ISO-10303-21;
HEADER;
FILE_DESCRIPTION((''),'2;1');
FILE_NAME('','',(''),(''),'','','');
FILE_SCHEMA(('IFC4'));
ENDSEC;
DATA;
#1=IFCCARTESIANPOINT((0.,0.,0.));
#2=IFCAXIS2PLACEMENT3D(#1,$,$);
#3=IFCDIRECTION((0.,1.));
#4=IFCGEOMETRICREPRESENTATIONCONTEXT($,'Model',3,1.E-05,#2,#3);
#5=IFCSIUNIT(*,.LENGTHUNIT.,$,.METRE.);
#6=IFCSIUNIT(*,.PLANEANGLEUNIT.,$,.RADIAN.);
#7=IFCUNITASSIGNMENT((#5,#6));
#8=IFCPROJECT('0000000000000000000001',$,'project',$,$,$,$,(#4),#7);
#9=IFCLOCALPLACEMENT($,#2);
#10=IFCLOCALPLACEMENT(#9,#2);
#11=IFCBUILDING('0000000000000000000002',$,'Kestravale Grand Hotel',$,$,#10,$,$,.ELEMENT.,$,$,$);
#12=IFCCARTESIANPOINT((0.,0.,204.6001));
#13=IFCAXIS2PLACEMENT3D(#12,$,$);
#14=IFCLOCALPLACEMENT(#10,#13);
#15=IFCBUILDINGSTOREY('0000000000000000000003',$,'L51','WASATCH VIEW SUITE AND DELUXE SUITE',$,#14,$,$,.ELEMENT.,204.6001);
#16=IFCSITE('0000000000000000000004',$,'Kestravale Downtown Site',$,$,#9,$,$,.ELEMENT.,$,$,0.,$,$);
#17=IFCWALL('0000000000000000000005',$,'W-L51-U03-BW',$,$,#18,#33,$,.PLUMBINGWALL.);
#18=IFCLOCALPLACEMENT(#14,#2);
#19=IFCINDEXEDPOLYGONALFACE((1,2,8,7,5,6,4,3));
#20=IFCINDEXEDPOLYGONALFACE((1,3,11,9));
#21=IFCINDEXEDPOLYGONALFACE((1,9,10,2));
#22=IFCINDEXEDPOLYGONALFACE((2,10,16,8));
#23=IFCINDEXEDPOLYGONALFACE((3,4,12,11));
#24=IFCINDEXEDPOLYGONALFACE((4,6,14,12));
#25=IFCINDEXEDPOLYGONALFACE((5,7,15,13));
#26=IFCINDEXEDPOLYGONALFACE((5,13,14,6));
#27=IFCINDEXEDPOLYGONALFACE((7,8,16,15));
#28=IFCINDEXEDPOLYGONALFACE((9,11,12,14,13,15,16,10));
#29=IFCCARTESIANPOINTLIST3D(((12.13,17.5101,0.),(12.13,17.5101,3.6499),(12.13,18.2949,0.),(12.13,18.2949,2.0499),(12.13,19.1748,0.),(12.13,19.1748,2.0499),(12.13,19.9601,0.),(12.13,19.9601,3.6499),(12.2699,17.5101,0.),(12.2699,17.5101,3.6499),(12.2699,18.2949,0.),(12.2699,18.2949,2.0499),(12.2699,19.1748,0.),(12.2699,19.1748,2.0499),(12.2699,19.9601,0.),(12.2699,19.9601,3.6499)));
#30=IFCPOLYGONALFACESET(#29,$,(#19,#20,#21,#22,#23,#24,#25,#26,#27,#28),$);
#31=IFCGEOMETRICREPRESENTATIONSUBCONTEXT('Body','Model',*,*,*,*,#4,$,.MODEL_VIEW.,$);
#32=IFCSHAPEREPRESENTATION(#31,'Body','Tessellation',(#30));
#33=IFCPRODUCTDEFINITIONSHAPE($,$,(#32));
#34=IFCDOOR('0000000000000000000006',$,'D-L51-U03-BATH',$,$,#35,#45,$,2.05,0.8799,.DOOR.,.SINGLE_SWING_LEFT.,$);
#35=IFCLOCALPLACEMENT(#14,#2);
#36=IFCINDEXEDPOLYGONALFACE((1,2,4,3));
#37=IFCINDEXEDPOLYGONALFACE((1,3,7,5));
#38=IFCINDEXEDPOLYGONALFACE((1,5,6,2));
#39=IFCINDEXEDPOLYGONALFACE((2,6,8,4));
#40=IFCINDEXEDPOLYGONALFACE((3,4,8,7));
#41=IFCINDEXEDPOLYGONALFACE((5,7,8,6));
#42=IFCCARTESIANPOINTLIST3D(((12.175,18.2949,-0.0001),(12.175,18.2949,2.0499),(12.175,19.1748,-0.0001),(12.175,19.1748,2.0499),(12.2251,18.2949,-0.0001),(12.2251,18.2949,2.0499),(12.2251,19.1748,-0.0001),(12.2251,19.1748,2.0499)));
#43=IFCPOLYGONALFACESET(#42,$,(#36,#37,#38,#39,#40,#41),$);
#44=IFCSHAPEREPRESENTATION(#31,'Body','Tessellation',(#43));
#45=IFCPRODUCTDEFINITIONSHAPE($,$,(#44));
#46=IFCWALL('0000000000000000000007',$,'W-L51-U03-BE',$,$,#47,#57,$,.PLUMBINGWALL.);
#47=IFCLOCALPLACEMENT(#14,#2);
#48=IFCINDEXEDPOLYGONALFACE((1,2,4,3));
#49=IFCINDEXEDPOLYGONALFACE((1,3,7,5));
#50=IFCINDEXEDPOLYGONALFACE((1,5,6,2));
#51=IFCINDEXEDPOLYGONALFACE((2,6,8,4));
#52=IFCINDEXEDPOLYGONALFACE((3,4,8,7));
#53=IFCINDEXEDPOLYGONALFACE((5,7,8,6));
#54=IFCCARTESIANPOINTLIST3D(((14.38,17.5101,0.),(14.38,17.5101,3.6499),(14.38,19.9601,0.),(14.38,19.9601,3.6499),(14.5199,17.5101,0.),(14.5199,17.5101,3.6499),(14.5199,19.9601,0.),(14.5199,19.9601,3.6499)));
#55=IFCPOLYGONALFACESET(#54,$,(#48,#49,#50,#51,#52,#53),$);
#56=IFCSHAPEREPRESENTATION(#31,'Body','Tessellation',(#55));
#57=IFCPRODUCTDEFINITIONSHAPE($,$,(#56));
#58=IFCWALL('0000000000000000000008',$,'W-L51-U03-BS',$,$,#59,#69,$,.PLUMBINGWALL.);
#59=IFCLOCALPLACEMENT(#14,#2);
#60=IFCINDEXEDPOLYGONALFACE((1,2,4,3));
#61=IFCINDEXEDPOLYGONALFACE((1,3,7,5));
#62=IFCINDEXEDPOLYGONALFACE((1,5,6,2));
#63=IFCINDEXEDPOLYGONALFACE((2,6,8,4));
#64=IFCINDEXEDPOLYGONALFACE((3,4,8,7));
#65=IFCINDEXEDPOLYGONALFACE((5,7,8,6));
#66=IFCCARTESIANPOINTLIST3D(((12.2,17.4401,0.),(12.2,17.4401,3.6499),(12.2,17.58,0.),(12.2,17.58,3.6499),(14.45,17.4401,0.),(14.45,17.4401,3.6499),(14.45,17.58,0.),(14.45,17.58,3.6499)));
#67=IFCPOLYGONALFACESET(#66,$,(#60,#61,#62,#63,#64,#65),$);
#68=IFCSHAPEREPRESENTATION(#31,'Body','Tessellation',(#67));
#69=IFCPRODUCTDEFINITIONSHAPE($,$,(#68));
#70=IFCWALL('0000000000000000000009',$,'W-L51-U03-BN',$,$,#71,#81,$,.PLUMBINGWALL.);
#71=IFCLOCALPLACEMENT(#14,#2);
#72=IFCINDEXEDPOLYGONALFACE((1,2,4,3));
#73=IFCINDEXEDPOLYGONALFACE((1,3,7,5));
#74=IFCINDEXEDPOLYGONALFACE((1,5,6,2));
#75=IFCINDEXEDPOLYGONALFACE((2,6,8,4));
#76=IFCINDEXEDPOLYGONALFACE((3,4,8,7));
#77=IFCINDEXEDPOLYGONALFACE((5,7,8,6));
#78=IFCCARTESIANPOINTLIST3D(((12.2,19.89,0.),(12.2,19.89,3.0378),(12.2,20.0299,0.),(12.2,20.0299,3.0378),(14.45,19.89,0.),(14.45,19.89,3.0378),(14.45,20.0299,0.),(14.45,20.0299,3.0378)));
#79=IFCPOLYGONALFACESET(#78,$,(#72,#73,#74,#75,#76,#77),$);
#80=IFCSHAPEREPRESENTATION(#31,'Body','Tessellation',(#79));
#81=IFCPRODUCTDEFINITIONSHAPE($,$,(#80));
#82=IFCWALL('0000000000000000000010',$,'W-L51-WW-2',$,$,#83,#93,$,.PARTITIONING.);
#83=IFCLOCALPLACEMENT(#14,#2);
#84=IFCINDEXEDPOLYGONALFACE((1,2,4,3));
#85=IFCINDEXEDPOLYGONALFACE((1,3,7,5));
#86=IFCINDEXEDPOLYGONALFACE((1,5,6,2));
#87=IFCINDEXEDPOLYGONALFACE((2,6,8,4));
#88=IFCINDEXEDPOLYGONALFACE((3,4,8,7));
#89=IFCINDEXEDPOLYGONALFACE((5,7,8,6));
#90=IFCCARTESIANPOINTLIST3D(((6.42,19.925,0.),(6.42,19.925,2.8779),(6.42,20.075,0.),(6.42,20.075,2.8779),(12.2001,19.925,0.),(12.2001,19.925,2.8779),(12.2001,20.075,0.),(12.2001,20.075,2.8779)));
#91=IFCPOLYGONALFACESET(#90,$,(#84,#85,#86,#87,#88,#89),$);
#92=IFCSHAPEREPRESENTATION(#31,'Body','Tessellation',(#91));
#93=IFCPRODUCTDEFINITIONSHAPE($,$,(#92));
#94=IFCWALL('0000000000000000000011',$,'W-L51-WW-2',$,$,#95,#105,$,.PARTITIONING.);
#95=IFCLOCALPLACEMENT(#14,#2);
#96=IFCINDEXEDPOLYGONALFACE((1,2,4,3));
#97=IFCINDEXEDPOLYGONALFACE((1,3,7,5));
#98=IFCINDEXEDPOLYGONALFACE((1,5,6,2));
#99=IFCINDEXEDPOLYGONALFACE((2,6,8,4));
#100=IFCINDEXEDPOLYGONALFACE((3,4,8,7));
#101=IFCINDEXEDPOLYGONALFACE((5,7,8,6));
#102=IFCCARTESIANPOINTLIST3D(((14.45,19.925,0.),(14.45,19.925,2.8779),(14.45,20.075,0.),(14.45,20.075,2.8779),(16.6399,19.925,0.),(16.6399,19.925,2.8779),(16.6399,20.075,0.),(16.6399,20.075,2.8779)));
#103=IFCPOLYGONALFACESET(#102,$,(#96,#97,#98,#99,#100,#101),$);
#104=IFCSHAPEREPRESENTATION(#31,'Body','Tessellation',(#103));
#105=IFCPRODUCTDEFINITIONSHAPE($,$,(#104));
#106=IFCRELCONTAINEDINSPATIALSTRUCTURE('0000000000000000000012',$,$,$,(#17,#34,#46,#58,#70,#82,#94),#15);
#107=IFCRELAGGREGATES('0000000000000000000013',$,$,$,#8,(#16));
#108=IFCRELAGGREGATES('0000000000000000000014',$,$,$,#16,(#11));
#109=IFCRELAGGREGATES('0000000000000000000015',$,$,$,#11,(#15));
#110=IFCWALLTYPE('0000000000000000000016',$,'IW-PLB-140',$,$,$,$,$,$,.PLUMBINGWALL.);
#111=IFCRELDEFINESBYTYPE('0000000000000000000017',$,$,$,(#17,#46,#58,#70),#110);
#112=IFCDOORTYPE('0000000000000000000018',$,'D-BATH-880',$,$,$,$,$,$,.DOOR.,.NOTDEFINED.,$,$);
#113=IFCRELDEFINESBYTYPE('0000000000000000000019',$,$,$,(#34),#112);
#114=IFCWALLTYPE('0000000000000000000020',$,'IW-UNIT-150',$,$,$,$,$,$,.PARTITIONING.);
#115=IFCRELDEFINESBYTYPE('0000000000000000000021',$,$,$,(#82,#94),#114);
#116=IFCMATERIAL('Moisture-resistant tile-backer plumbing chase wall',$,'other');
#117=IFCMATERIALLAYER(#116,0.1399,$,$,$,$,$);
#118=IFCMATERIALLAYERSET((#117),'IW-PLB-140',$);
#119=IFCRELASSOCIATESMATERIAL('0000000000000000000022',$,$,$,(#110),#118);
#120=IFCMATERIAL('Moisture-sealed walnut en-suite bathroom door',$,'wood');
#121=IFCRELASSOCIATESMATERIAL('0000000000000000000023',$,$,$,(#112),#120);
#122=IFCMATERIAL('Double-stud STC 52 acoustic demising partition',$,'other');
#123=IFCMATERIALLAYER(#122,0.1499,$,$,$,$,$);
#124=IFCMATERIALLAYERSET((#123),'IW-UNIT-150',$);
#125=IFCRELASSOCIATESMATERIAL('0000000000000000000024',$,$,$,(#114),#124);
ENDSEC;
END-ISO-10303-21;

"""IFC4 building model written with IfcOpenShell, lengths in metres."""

from ifc_helpers import new_model, si_unit, direction, frame, frame_2d, origin, place, context, subcontext, project, spatial, rectangle, extrude, material, layer, layer_set, type_object, element, fill, save


model = new_model("IFC4")

# Units and contexts
model_context = context("Model", 3, precision=1e-05, world=origin(), true_north=direction((0.0, 1.0)))
body_context = subcontext(model_context, "Body", "Model", "MODEL_VIEW")
ifc_project = project(units=[si_unit("LENGTHUNIT", "METRE"), si_unit("PLANEANGLEUNIT", "RADIAN")], contexts=[model_context])

# Site, building, storey
site_placement = place(None, origin())
site = spatial("IfcSite", under=ifc_project, at=site_placement, Name="Kestravale Downtown Site", CompositionType="ELEMENT", RefElevation=0.0)
building_placement = place(site_placement, origin())
building = spatial("IfcBuilding", under=site, at=building_placement, Name="Kestravale Grand Hotel", CompositionType="ELEMENT")
storey_placement = place(building_placement, frame((0.0, 0.0, 204.6001)))
storey = spatial("IfcBuildingStorey", under=building, at=storey_placement, Name="L51", Description="WASATCH VIEW SUITE AND DELUXE SUITE", CompositionType="ELEMENT", Elevation=204.6001)

# Wall, opening, door
ifc_material_1 = material(Name="Moisture-resistant tile-backer plumbing chase wall", Category="other")
ifc_layer_1 = layer(ifc_material_1, 0.1399)
ifc_layer_set_1 = layer_set([ifc_layer_1], Name="IW-PLB-140")
wall_type_1 = type_object("IfcWallType", Name="IW-PLB-140", PredefinedType="PLUMBINGWALL", material=ifc_layer_set_1)
wall_1_placement = place(storey_placement, frame((12.2, 17.51, 0.0), z_axis=(0.0, 0.0, 1.0), x_axis=(0.0, 1.0, 0.0)))
wall_1 = element("IfcWall", 1, at=wall_1_placement, inside=storey, type_object=wall_type_1, Name="W-L51-U03-BW", PredefinedType="PLUMBINGWALL", context=body_context, shape_type="SweptSolid", body=[
    extrude(rectangle(XDim=2.45, YDim=0.1399, at=frame_2d((1.2251, 0.0))), origin(), (0.0, 0.0, 1.0), 3.6499),
])
opening_1_placement = place(wall_1_placement, frame((0.7849, 0.0, 0.0)))
opening_1 = element("IfcOpeningElement", 2, at=opening_1_placement, cuts=wall_1, PredefinedType="OPENING", context=body_context, shape_type="SweptSolid", body=[
    extrude(rectangle(XDim=0.8799, YDim=2.05, at=frame_2d((0.4399, 1.0249))), frame((0.0, 0.0798, 0.0), z_axis=(0.0, -1.0, 0.0), x_axis=(1.0, 0.0, 0.0)), (0.0, 0.0, 1.0), 0.1599),
])
ifc_material_2 = material(Name="Moisture-sealed walnut en-suite bathroom door", Category="wood")
door_type_1 = type_object("IfcDoorType", Name="D-BATH-880", OperationType="NOTDEFINED", PredefinedType="DOOR", material=ifc_material_2)
door_1_placement = place(opening_1_placement, origin())
door_1 = element("IfcDoor", 3, at=door_1_placement, inside=storey, type_object=door_type_1, Name="D-L51-U03-BATH", OperationType="SINGLE_SWING_LEFT", OverallHeight=2.05, OverallWidth=0.8799, PredefinedType="DOOR", context=body_context, shape_type="SweptSolid", body=[
    extrude(rectangle(XDim=0.8799, YDim=2.05, at=frame_2d((0.4399, 1.0249))), frame((0.0, 0.0249, 0.0), z_axis=(0.0, -1.0, 0.0), x_axis=(1.0, 0.0, 0.0)), (0.0, 0.0, 1.0), 0.05),
])
fill(opening_1, door_1)

# Walls
wall_2_placement = place(storey_placement, frame((14.45, 17.51, 0.0), z_axis=(0.0, 0.0, 1.0), x_axis=(0.0, 1.0, 0.0)))
element("IfcWall", 4, at=wall_2_placement, inside=storey, type_object=wall_type_1, Name="W-L51-U03-BE", PredefinedType="PLUMBINGWALL", context=body_context, shape_type="SweptSolid", body=[
    extrude(rectangle(XDim=2.45, YDim=0.1399, at=frame_2d((1.2251, 0.0))), origin(), (0.0, 0.0, 1.0), 3.6499),
])
wall_3_placement = place(storey_placement, frame((12.2, 17.51, 0.0), z_axis=(0.0, 0.0, 1.0), x_axis=(1.0, 0.0, 0.0)))
element("IfcWall", 5, at=wall_3_placement, inside=storey, type_object=wall_type_1, Name="W-L51-U03-BS", PredefinedType="PLUMBINGWALL", context=body_context, shape_type="SweptSolid", body=[
    extrude(rectangle(XDim=2.25, YDim=0.1399, at=frame_2d((1.125, 0.0))), origin(), (0.0, 0.0, 1.0), 3.6499),
])
wall_4_placement = place(storey_placement, frame((12.2, 19.96, 0.0), z_axis=(0.0, 0.0, 1.0), x_axis=(1.0, 0.0, 0.0)))
element("IfcWall", 6, at=wall_4_placement, inside=storey, type_object=wall_type_1, Name="W-L51-U03-BN", PredefinedType="PLUMBINGWALL", context=body_context, shape_type="SweptSolid", body=[
    extrude(rectangle(XDim=2.25, YDim=0.1399, at=frame_2d((1.125, 0.0))), origin(), (0.0, 0.0, 1.0), 3.0378),
])
ifc_material_3 = material(Name="Double-stud STC 52 acoustic demising partition", Category="other")
ifc_layer_2 = layer(ifc_material_3, 0.1499)
ifc_layer_set_2 = layer_set([ifc_layer_2], Name="IW-UNIT-150")
wall_type_2 = type_object("IfcWallType", Name="IW-UNIT-150", PredefinedType="PARTITIONING", material=ifc_layer_set_2)
wall_5_placement = place(storey_placement, frame((6.4199, 20.0, 0.0), z_axis=(0.0, 0.0, 1.0), x_axis=(1.0, 0.0, 0.0)))
element("IfcWall", 7, at=wall_5_placement, inside=storey, type_object=wall_type_2, Name="W-L51-WW-2", PredefinedType="PARTITIONING", context=body_context, shape_type="SweptSolid", body=[
    extrude(rectangle(XDim=5.78, YDim=0.1499, at=frame_2d((2.8901, 0.0))), origin(), (0.0, 0.0, 1.0), 2.8779),
])
wall_6_placement = place(storey_placement, frame((14.45, 20.0, 0.0), z_axis=(0.0, 0.0, 1.0), x_axis=(1.0, 0.0, 0.0)))
element("IfcWall", 8, at=wall_6_placement, inside=storey, type_object=wall_type_2, Name="W-L51-WW-2", PredefinedType="PARTITIONING", context=body_context, shape_type="SweptSolid", body=[
    extrude(rectangle(XDim=2.1899, YDim=0.1499, at=frame_2d((1.095, 0.0))), origin(), (0.0, 0.0, 1.0), 2.8779),
])

save(model, "model.ifc")
